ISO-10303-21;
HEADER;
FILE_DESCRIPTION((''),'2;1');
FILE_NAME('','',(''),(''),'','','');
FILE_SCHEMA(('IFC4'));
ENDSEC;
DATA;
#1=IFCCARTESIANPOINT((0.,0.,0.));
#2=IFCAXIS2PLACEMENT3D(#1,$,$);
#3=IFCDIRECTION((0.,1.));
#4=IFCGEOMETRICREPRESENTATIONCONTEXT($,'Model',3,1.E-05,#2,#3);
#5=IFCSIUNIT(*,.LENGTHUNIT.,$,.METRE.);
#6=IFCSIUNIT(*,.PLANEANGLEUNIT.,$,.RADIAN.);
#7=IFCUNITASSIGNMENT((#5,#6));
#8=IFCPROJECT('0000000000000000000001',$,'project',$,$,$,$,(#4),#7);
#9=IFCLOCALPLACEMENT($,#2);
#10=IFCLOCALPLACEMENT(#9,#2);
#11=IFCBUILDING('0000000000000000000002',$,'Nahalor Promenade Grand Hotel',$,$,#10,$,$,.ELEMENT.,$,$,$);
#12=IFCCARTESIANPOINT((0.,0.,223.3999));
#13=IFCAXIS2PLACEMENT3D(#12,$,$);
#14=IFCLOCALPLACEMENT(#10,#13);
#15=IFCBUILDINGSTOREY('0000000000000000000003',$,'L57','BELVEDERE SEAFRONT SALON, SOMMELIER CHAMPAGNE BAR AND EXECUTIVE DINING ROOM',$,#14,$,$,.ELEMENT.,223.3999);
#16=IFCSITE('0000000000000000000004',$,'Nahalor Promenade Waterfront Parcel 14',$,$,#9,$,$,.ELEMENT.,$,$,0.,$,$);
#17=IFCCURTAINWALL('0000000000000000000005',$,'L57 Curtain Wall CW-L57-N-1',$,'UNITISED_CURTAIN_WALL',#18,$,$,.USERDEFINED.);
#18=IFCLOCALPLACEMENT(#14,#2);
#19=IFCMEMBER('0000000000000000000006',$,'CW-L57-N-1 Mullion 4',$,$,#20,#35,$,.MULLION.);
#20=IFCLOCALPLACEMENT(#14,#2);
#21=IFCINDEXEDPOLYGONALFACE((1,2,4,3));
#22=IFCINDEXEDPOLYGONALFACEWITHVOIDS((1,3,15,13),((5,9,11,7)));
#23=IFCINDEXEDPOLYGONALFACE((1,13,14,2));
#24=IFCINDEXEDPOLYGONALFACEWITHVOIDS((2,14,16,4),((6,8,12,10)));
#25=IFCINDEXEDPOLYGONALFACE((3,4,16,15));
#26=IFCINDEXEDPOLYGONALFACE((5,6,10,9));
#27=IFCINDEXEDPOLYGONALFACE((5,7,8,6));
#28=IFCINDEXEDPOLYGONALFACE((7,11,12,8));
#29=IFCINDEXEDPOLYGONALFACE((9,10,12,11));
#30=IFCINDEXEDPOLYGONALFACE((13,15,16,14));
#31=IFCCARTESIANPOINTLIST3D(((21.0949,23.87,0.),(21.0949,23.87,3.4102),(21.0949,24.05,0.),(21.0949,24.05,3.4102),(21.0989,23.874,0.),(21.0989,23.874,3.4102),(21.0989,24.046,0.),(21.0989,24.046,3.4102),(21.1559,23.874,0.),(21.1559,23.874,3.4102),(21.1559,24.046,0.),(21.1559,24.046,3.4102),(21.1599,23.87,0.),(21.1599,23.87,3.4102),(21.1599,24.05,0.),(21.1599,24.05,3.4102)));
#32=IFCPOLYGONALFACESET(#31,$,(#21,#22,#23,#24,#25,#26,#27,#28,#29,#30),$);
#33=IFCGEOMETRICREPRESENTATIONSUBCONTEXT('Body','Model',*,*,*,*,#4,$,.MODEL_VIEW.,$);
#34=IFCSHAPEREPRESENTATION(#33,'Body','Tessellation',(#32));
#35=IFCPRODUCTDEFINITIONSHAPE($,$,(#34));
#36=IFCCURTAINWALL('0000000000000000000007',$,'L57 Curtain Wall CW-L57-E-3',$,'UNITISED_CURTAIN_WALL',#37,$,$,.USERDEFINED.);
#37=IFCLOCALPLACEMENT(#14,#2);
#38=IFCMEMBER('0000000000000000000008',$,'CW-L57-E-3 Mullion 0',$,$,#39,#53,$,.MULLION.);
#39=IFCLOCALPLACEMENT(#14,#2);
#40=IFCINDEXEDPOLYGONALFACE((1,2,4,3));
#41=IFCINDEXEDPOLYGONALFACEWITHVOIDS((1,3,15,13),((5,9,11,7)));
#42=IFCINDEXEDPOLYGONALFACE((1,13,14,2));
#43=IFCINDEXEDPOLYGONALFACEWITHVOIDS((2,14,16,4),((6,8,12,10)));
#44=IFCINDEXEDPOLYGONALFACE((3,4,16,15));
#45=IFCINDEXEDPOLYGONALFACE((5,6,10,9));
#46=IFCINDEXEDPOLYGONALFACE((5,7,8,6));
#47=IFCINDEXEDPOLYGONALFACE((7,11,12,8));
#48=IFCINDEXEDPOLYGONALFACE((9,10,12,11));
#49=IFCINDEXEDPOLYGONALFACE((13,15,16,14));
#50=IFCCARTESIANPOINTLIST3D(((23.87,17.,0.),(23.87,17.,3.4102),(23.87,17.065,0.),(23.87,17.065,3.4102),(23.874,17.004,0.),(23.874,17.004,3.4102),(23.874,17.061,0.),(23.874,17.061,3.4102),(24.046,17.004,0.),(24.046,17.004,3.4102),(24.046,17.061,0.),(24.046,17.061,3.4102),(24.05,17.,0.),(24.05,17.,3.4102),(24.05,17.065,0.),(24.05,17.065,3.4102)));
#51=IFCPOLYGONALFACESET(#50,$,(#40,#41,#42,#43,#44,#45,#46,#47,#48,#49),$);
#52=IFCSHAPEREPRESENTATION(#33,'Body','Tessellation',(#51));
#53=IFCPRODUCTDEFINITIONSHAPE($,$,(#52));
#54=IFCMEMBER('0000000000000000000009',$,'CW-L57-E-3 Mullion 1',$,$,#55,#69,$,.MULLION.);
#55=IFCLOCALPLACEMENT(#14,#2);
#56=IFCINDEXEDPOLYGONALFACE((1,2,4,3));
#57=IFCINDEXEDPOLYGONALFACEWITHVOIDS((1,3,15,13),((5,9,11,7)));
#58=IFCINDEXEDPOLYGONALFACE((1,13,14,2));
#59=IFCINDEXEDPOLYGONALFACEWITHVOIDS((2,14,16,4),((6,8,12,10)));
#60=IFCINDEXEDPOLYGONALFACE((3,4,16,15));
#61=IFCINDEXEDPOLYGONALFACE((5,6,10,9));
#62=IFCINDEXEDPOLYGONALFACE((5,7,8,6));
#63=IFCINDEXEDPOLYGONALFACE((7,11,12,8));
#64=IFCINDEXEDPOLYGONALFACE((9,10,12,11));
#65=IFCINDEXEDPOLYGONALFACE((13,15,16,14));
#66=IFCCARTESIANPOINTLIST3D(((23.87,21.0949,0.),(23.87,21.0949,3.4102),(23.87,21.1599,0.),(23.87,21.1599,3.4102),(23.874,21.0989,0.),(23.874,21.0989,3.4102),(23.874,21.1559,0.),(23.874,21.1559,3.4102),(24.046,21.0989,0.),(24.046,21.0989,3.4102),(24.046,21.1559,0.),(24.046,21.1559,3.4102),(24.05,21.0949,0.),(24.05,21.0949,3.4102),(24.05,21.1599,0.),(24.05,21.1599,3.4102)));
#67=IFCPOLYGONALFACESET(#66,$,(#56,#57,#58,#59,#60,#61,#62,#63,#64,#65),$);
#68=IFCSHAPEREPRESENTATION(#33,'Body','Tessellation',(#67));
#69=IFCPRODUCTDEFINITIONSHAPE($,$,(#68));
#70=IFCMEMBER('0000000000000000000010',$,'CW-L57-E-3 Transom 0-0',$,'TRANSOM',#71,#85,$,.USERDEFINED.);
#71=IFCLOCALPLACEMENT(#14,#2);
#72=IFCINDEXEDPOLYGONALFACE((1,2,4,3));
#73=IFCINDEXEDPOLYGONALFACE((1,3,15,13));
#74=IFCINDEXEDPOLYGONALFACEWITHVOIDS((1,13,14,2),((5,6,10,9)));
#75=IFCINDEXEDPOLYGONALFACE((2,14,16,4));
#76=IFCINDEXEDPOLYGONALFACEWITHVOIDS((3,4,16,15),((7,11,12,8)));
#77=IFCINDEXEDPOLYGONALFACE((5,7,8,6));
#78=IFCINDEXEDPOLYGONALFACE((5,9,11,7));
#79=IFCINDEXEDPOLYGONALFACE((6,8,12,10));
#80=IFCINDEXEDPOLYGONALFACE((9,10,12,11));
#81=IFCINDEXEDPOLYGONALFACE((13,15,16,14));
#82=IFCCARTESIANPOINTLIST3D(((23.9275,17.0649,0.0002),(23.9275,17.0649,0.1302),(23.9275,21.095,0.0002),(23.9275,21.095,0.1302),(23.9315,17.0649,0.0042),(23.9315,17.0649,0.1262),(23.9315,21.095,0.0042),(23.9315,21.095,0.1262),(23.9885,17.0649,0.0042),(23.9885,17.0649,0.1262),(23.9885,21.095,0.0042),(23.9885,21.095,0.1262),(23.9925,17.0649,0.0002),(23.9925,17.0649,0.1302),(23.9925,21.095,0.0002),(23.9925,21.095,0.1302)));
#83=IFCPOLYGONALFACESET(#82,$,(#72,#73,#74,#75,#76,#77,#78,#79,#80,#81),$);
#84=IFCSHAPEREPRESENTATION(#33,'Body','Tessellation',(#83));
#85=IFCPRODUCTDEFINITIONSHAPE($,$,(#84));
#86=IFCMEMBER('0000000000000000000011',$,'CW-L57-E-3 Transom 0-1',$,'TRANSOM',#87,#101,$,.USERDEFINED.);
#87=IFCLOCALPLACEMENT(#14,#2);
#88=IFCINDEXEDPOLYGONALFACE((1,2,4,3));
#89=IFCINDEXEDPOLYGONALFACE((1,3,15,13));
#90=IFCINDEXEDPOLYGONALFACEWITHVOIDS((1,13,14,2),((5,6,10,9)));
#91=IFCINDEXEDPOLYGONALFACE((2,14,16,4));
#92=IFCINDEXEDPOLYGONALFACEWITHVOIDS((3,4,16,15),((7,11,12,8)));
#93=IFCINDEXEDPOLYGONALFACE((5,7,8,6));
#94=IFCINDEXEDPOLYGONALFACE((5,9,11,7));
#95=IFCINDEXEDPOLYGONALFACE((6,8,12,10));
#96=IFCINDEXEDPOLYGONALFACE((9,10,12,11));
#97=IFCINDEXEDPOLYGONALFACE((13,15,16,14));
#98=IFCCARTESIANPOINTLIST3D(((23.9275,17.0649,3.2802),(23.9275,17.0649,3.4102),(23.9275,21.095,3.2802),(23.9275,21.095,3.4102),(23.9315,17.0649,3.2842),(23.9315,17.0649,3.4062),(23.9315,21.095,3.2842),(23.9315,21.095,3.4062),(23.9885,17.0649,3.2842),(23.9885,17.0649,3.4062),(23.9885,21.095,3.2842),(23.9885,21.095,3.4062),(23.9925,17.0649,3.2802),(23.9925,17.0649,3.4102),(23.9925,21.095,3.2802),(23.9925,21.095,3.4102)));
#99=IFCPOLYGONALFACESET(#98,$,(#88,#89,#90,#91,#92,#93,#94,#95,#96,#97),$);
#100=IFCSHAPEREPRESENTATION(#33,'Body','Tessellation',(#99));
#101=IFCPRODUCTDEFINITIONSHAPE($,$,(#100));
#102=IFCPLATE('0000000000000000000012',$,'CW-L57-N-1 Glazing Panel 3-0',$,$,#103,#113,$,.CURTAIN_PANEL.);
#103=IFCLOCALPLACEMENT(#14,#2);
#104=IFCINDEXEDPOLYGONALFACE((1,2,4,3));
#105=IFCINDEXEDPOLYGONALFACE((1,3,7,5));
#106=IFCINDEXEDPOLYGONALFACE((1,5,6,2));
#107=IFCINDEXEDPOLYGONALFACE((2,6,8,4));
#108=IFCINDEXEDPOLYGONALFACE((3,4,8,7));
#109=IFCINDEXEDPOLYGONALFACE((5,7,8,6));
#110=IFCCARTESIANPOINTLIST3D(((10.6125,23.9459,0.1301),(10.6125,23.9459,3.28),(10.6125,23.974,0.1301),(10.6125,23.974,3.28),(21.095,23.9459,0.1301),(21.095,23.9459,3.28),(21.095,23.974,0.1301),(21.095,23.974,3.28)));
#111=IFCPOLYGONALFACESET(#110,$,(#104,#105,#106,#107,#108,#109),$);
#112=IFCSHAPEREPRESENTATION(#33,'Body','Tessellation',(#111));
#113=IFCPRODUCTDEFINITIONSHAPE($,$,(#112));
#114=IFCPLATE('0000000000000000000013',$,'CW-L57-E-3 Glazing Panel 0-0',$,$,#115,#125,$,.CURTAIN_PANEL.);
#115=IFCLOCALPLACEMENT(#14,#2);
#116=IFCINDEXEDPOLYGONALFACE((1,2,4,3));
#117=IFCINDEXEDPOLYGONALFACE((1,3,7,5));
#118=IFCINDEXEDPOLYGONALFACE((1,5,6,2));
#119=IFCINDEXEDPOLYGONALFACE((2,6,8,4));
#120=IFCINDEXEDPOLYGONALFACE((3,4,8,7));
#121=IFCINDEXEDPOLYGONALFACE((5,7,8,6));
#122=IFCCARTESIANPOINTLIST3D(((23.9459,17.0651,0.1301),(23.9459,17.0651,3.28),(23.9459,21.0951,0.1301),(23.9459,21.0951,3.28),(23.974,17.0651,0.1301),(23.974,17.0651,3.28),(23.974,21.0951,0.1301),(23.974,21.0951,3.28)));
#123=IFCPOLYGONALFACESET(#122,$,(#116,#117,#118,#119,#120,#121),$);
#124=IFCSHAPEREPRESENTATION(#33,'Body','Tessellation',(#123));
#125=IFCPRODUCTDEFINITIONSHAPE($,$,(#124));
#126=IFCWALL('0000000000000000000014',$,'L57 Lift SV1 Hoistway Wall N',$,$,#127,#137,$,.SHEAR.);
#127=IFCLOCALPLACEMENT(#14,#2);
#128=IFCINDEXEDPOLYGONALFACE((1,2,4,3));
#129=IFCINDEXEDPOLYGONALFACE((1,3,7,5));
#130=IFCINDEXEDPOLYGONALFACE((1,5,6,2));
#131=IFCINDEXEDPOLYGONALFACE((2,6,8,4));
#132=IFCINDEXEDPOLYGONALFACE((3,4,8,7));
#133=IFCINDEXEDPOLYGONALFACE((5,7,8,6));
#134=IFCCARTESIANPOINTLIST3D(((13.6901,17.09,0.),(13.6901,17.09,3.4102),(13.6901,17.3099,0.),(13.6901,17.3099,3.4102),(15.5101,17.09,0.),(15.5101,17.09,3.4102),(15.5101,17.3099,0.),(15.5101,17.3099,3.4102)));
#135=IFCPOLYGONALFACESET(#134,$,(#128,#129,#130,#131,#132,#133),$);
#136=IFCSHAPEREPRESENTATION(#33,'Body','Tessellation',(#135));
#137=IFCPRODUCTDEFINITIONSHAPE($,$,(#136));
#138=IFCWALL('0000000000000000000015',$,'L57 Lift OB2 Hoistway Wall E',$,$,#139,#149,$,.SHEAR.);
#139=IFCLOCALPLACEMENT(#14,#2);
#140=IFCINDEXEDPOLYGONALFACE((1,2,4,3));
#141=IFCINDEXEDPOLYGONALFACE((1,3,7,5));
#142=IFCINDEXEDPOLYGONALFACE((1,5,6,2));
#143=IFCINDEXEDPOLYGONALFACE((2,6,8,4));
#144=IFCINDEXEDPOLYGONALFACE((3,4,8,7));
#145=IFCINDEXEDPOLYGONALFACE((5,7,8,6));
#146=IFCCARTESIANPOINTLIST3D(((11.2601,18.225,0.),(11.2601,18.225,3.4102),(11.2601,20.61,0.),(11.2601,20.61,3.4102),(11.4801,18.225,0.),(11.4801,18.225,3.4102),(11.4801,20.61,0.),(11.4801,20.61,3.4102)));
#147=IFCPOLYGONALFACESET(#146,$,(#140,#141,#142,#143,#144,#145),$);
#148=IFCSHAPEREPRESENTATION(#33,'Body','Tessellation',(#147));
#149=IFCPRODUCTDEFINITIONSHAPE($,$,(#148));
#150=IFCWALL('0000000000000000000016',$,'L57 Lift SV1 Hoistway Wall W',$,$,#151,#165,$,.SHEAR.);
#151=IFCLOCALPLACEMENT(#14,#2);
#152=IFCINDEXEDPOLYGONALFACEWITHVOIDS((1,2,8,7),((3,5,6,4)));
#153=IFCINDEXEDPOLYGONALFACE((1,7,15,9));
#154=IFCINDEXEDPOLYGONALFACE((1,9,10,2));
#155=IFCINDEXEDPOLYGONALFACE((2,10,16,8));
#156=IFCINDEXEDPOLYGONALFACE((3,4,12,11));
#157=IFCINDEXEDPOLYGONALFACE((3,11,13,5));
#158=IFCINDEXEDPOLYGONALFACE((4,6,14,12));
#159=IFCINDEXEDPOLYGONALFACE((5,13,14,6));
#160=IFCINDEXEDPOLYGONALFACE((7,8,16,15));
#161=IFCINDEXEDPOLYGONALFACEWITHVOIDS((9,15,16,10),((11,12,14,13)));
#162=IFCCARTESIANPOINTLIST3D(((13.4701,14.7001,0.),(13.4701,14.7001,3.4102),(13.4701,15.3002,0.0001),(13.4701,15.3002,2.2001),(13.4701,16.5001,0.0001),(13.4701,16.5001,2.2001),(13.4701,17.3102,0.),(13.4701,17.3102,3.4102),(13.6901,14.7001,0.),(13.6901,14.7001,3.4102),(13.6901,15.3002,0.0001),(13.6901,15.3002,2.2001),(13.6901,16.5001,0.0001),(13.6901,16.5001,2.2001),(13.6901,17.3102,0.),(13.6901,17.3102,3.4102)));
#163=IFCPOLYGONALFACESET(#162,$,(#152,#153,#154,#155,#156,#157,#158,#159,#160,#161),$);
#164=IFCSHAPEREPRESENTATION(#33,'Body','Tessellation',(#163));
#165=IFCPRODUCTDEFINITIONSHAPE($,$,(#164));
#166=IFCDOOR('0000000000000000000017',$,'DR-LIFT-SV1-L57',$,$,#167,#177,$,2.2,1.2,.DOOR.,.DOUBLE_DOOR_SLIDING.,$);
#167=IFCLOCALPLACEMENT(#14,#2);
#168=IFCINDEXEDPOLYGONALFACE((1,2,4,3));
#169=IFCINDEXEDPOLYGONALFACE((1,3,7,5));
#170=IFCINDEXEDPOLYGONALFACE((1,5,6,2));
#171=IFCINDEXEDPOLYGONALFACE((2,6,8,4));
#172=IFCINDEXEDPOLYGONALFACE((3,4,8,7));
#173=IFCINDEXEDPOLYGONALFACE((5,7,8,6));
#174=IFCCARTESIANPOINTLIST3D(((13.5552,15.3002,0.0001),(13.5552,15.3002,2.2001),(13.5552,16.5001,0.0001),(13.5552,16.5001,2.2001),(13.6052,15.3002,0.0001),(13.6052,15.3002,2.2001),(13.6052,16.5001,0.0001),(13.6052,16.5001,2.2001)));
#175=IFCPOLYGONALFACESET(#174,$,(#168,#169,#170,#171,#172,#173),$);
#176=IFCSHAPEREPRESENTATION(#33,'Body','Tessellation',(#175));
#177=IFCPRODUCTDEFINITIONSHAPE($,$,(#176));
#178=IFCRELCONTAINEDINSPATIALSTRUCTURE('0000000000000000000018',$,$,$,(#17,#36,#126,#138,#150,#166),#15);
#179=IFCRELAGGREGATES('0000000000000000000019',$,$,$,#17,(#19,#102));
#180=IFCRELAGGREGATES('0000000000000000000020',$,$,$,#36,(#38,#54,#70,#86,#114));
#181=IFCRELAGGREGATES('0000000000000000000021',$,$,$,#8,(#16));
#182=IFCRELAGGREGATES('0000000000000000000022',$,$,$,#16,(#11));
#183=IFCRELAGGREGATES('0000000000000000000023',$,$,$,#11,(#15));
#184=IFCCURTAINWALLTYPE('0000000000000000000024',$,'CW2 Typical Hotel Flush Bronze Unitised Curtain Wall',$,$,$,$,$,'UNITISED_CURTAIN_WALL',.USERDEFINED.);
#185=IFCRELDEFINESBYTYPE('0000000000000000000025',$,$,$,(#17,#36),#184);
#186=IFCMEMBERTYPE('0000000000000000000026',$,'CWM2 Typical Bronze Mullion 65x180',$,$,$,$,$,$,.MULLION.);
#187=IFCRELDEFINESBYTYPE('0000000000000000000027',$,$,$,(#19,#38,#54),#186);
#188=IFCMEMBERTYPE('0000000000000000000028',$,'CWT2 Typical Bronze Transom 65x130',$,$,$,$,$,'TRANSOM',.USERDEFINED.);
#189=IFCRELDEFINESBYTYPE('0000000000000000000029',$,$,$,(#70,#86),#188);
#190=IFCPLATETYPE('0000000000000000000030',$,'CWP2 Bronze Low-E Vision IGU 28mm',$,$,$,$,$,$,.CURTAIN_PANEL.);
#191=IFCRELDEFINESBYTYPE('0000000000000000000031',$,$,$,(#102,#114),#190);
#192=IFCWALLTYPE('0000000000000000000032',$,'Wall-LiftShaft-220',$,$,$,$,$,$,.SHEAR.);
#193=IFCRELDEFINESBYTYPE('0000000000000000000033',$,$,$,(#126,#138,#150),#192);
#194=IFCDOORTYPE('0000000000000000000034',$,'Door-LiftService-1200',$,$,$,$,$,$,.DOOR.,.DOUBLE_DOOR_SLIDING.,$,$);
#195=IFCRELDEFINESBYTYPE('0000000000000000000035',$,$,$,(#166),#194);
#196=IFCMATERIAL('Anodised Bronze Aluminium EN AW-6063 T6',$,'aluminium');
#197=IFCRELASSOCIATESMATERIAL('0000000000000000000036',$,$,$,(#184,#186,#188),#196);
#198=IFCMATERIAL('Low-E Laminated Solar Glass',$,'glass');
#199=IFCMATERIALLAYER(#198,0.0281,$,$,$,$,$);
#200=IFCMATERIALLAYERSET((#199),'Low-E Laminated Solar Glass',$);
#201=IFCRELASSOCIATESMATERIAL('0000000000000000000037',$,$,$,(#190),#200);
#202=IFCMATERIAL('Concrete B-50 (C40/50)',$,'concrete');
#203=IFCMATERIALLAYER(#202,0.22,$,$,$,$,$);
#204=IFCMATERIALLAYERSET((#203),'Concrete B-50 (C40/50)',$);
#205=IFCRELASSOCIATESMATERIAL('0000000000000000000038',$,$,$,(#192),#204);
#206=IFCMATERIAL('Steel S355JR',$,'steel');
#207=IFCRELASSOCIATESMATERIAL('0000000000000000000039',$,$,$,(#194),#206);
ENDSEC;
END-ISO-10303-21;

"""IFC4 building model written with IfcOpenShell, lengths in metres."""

from ifc_helpers import new_model, si_unit, direction, frame, frame_2d, origin, origin_2d, place, context, subcontext, project, spatial, rectangle, hollow_rectangle, extrude, source, transform, mapped, material, layer, layer_set, material_profile, profile_set, type_object, element, fill, aggregate, save


model = new_model("IFC4")

# Units and contexts
model_context = context("Model", 3, precision=1e-05, world=origin(), true_north=direction((0.0, 1.0)))
body_context = subcontext(model_context, "Body", "Model", "MODEL_VIEW")
ifc_project = project(units=[si_unit("LENGTHUNIT", "METRE"), si_unit("PLANEANGLEUNIT", "RADIAN")], contexts=[model_context])

# Site, building, storey
site_placement = place(None, origin())
site = spatial("IfcSite", under=ifc_project, at=site_placement, Name="Nahalor Promenade Waterfront Parcel 14", CompositionType="ELEMENT", RefElevation=0.0)
building_placement = place(site_placement, origin())
building = spatial("IfcBuilding", under=site, at=building_placement, Name="Nahalor Promenade Grand Hotel", CompositionType="ELEMENT")
storey_placement = place(building_placement, frame((0.0, 0.0, 223.3999)))
storey = spatial("IfcBuildingStorey", under=building, at=storey_placement, Name="L57", Description="BELVEDERE SEAFRONT SALON, SOMMELIER CHAMPAGNE BAR AND EXECUTIVE DINING ROOM", CompositionType="ELEMENT", Elevation=223.3999)

# Shared definitions
ifc_material_1 = material(Name="Steel S355JR", Category="steel")

# Curtain wall, member
ifc_material_2 = material(Name="Anodised Bronze Aluminium EN AW-6063 T6", Category="aluminium")
curtain_wall_type = type_object("IfcCurtainWallType", Name="CW2 Typical Hotel Flush Bronze Unitised Curtain Wall", ElementType="UNITISED_CURTAIN_WALL", PredefinedType="USERDEFINED", material=ifc_material_2)
curtain_wall_1_placement = place(storey_placement, origin())
curtain_wall_1 = element("IfcCurtainWall", 1, at=curtain_wall_1_placement, inside=storey, type_object=curtain_wall_type, Name="L57 Curtain Wall CW-L57-N-1", ObjectType="UNITISED_CURTAIN_WALL", PredefinedType="USERDEFINED")
ifc_material_profile_1 = material_profile(ifc_material_2, hollow_rectangle(XDim=0.065, YDim=0.18, WallThickness=0.004, at=origin_2d()), Name="CWM 65x180x4")
ifc_profile_set_1 = profile_set([ifc_material_profile_1], Name="Anodised Bronze Aluminium EN AW-6063 T6")
member_type_1 = type_object("IfcMemberType", Name="CWM2 Typical Bronze Mullion 65x180", PredefinedType="MULLION", material=ifc_profile_set_1)
shared_shape_1 = source(origin(), body_context, "Body", "SweptSolid", [
    extrude(hollow_rectangle(XDim=0.065, YDim=0.18, WallThickness=0.004, at=origin_2d()), origin(), (0.0, 0.0, 1.0), 3.4102),
])
member_1_placement = place(storey_placement, frame((21.1274, 23.96, 0.0), z_axis=(0.0, 0.0, 1.0), x_axis=(1.0, 0.0, 0.0)))
member_1 = element("IfcMember", 2, at=member_1_placement, type_object=member_type_1, Name="CW-L57-N-1 Mullion 4", PredefinedType="MULLION", context=body_context, shape_type="MappedRepresentation", body=[
    mapped(shared_shape_1, transform((0.0, 0.0, 0.0), scale=1.0)),
])

# Curtain wall, members
curtain_wall_2_placement = place(storey_placement, origin())
curtain_wall_2 = element("IfcCurtainWall", 3, at=curtain_wall_2_placement, inside=storey, type_object=curtain_wall_type, Name="L57 Curtain Wall CW-L57-E-3", ObjectType="UNITISED_CURTAIN_WALL", PredefinedType="USERDEFINED")
member_2_placement = place(storey_placement, frame((23.96, 17.0325, 0.0), z_axis=(0.0, 0.0, 1.0), x_axis=(0.0, 1.0, 0.0)))
member_2 = element("IfcMember", 4, at=member_2_placement, type_object=member_type_1, Name="CW-L57-E-3 Mullion 0", PredefinedType="MULLION", context=body_context, shape_type="MappedRepresentation", body=[
    mapped(shared_shape_1, transform((0.0, 0.0, 0.0), scale=1.0)),
])
member_3_placement = place(storey_placement, frame((23.96, 21.1274, 0.0), z_axis=(0.0, 0.0, 1.0), x_axis=(0.0, 1.0, 0.0)))
member_3 = element("IfcMember", 5, at=member_3_placement, type_object=member_type_1, Name="CW-L57-E-3 Mullion 1", PredefinedType="MULLION", context=body_context, shape_type="MappedRepresentation", body=[
    mapped(shared_shape_1, transform((0.0, 0.0, 0.0), scale=1.0)),
])
ifc_material_profile_2 = material_profile(ifc_material_2, hollow_rectangle(XDim=0.065, YDim=0.13, WallThickness=0.004, at=origin_2d()), Name="CWT 65x130x4")
ifc_profile_set_2 = profile_set([ifc_material_profile_2], Name="Anodised Bronze Aluminium EN AW-6063 T6")
member_type_2 = type_object("IfcMemberType", Name="CWT2 Typical Bronze Transom 65x130", ElementType="TRANSOM", PredefinedType="USERDEFINED", material=ifc_profile_set_2)
shared_shape_2 = source(origin(), body_context, "Body", "SweptSolid", [
    extrude(hollow_rectangle(XDim=0.065, YDim=0.13, WallThickness=0.004, at=origin_2d()), origin(), (0.0, 0.0, 1.0), 4.03),
])
member_4_placement = place(storey_placement, frame((23.96, 17.0649, 0.0652), z_axis=(0.0, 1.0, 0.0), x_axis=(-1.0, 0.0, 0.0)))
member_4 = element("IfcMember", 6, at=member_4_placement, type_object=member_type_2, Name="CW-L57-E-3 Transom 0-0", ObjectType="TRANSOM", PredefinedType="USERDEFINED", context=body_context, shape_type="MappedRepresentation", body=[
    mapped(shared_shape_2, transform((0.0, 0.0, 0.0), scale=1.0)),
])
member_5_placement = place(storey_placement, frame((23.96, 17.0649, 3.3452), z_axis=(0.0, 1.0, 0.0), x_axis=(-1.0, 0.0, 0.0)))
member_5 = element("IfcMember", 7, at=member_5_placement, type_object=member_type_2, Name="CW-L57-E-3 Transom 0-1", ObjectType="TRANSOM", PredefinedType="USERDEFINED", context=body_context, shape_type="MappedRepresentation", body=[
    mapped(shared_shape_2, transform((0.0, 0.0, 0.0), scale=1.0)),
])

# Plates
ifc_material_3 = material(Name="Low-E Laminated Solar Glass", Category="glass")
ifc_layer_1 = layer(ifc_material_3, 0.0281)
ifc_layer_set_1 = layer_set([ifc_layer_1], Name="Low-E Laminated Solar Glass")
plate_type = type_object("IfcPlateType", Name="CWP2 Bronze Low-E Vision IGU 28mm", PredefinedType="CURTAIN_PANEL", material=ifc_layer_set_1)
shared_shape_3 = source(origin(), body_context, "Body", "SweptSolid", [
    extrude(rectangle(XDim=10.4824, YDim=0.0281, at=origin_2d()), origin(), (0.0, 0.0, 1.0), 3.1499),
])
plate_1_placement = place(storey_placement, frame((15.8538, 23.96, 0.1301), z_axis=(0.0, 0.0, 1.0), x_axis=(1.0, 0.0, 0.0)))
plate_1 = element("IfcPlate", 8, at=plate_1_placement, type_object=plate_type, Name="CW-L57-N-1 Glazing Panel 3-0", PredefinedType="CURTAIN_PANEL", context=body_context, shape_type="MappedRepresentation", body=[
    mapped(shared_shape_3, transform((0.0, 0.0, 0.0), scale=1.0)),
])
aggregate(curtain_wall_1, [member_1, plate_1])
shared_shape_4 = source(origin(), body_context, "Body", "SweptSolid", [
    extrude(rectangle(XDim=4.03, YDim=0.0281, at=origin_2d()), origin(), (0.0, 0.0, 1.0), 3.1499),
])
plate_2_placement = place(storey_placement, frame((23.96, 19.0801, 0.1301), z_axis=(0.0, 0.0, 1.0), x_axis=(0.0, 1.0, 0.0)))
plate_2 = element("IfcPlate", 9, at=plate_2_placement, type_object=plate_type, Name="CW-L57-E-3 Glazing Panel 0-0", PredefinedType="CURTAIN_PANEL", context=body_context, shape_type="MappedRepresentation", body=[
    mapped(shared_shape_4, transform((0.0, 0.0, 0.0), scale=1.0)),
])
aggregate(curtain_wall_2, [member_2, member_3, member_4, member_5, plate_2])

# Walls
ifc_material_4 = material(Name="Concrete B-50 (C40/50)", Category="concrete")
ifc_layer_2 = layer(ifc_material_4, 0.22)
ifc_layer_set_2 = layer_set([ifc_layer_2], Name="Concrete B-50 (C40/50)")
wall_type_1 = type_object("IfcWallType", Name="Wall-LiftShaft-220", PredefinedType="SHEAR", material=ifc_layer_set_2)
shared_shape_5 = source(origin(), body_context, "Body", "SweptSolid", [
    extrude(rectangle(XDim=1.8201, YDim=0.22, at=frame_2d((0.9102, 0.0))), origin(), (0.0, 0.0, 1.0), 3.4102),
])
wall_1_placement = place(storey_placement, frame((13.6899, 17.2, 0.0), z_axis=(0.0, 0.0, 1.0), x_axis=(1.0, 0.0, 0.0)))
element("IfcWall", 10, at=wall_1_placement, inside=storey, type_object=wall_type_1, Name="L57 Lift SV1 Hoistway Wall N", PredefinedType="SHEAR", context=body_context, shape_type="MappedRepresentation", body=[
    mapped(shared_shape_5, transform((0.0, 0.0, 0.0), scale=1.0)),
])
shared_shape_6 = source(origin(), body_context, "Body", "SweptSolid", [
    extrude(rectangle(XDim=2.385, YDim=0.22, at=frame_2d((1.1924, 0.0))), origin(), (0.0, 0.0, 1.0), 3.4102),
])
wall_2_placement = place(storey_placement, frame((11.3701, 18.2251, 0.0), z_axis=(0.0, 0.0, 1.0), x_axis=(0.0, 1.0, 0.0)))
element("IfcWall", 11, at=wall_2_placement, inside=storey, type_object=wall_type_1, Name="L57 Lift OB2 Hoistway Wall E", PredefinedType="SHEAR", context=body_context, shape_type="MappedRepresentation", body=[
    mapped(shared_shape_6, transform((0.0, 0.0, 0.0), scale=1.0)),
])

# Wall, opening, door
shared_shape_7 = source(origin(), body_context, "Body", "SweptSolid", [
    extrude(rectangle(XDim=2.6101, YDim=0.22, at=frame_2d((1.3052, 0.0))), origin(), (0.0, 0.0, 1.0), 3.4102),
])
wall_3_placement = place(storey_placement, frame((13.5801, 14.7, 0.0), z_axis=(0.0, 0.0, 1.0), x_axis=(0.0, 1.0, 0.0)))
wall_3 = element("IfcWall", 12, at=wall_3_placement, inside=storey, type_object=wall_type_1, Name="L57 Lift SV1 Hoistway Wall W", PredefinedType="SHEAR", context=body_context, shape_type="MappedRepresentation", body=[
    mapped(shared_shape_7, transform((0.0, 0.0, 0.0), scale=1.0)),
])
opening_placement = place(wall_3_placement, frame((0.6001, 0.0, 0.0)))
opening = element("IfcOpeningElement", 13, at=opening_placement, cuts=wall_3, PredefinedType="OPENING", context=body_context, shape_type="SweptSolid", body=[
    extrude(rectangle(XDim=1.2, YDim=2.2, at=frame_2d((0.6001, 1.1001))), frame((0.0, 0.1199, 0.0), z_axis=(0.0, -1.0, 0.0), x_axis=(1.0, 0.0, 0.0)), (0.0, 0.0, 1.0), 0.24),
])
door_type = type_object("IfcDoorType", Name="Door-LiftService-1200", OperationType="DOUBLE_DOOR_SLIDING", PredefinedType="DOOR", material=ifc_material_1)
shared_shape_8 = source(origin(), body_context, "Body", "SweptSolid", [
    extrude(rectangle(XDim=1.2, YDim=2.2, at=frame_2d((0.6001, 1.1001))), frame((0.0, 0.0249, 0.0), z_axis=(0.0, -1.0, 0.0), x_axis=(1.0, 0.0, 0.0)), (0.0, 0.0, 1.0), 0.05),
])
door_placement = place(opening_placement, origin())
door = element("IfcDoor", 14, at=door_placement, inside=storey, type_object=door_type, Name="DR-LIFT-SV1-L57", OperationType="DOUBLE_DOOR_SLIDING", OverallHeight=2.2, OverallWidth=1.2, PredefinedType="DOOR", context=body_context, shape_type="MappedRepresentation", body=[
    mapped(shared_shape_8, transform((0.0, 0.0, 0.0), scale=1.0)),
])
fill(opening, door)

save(model, "model.ifc")
